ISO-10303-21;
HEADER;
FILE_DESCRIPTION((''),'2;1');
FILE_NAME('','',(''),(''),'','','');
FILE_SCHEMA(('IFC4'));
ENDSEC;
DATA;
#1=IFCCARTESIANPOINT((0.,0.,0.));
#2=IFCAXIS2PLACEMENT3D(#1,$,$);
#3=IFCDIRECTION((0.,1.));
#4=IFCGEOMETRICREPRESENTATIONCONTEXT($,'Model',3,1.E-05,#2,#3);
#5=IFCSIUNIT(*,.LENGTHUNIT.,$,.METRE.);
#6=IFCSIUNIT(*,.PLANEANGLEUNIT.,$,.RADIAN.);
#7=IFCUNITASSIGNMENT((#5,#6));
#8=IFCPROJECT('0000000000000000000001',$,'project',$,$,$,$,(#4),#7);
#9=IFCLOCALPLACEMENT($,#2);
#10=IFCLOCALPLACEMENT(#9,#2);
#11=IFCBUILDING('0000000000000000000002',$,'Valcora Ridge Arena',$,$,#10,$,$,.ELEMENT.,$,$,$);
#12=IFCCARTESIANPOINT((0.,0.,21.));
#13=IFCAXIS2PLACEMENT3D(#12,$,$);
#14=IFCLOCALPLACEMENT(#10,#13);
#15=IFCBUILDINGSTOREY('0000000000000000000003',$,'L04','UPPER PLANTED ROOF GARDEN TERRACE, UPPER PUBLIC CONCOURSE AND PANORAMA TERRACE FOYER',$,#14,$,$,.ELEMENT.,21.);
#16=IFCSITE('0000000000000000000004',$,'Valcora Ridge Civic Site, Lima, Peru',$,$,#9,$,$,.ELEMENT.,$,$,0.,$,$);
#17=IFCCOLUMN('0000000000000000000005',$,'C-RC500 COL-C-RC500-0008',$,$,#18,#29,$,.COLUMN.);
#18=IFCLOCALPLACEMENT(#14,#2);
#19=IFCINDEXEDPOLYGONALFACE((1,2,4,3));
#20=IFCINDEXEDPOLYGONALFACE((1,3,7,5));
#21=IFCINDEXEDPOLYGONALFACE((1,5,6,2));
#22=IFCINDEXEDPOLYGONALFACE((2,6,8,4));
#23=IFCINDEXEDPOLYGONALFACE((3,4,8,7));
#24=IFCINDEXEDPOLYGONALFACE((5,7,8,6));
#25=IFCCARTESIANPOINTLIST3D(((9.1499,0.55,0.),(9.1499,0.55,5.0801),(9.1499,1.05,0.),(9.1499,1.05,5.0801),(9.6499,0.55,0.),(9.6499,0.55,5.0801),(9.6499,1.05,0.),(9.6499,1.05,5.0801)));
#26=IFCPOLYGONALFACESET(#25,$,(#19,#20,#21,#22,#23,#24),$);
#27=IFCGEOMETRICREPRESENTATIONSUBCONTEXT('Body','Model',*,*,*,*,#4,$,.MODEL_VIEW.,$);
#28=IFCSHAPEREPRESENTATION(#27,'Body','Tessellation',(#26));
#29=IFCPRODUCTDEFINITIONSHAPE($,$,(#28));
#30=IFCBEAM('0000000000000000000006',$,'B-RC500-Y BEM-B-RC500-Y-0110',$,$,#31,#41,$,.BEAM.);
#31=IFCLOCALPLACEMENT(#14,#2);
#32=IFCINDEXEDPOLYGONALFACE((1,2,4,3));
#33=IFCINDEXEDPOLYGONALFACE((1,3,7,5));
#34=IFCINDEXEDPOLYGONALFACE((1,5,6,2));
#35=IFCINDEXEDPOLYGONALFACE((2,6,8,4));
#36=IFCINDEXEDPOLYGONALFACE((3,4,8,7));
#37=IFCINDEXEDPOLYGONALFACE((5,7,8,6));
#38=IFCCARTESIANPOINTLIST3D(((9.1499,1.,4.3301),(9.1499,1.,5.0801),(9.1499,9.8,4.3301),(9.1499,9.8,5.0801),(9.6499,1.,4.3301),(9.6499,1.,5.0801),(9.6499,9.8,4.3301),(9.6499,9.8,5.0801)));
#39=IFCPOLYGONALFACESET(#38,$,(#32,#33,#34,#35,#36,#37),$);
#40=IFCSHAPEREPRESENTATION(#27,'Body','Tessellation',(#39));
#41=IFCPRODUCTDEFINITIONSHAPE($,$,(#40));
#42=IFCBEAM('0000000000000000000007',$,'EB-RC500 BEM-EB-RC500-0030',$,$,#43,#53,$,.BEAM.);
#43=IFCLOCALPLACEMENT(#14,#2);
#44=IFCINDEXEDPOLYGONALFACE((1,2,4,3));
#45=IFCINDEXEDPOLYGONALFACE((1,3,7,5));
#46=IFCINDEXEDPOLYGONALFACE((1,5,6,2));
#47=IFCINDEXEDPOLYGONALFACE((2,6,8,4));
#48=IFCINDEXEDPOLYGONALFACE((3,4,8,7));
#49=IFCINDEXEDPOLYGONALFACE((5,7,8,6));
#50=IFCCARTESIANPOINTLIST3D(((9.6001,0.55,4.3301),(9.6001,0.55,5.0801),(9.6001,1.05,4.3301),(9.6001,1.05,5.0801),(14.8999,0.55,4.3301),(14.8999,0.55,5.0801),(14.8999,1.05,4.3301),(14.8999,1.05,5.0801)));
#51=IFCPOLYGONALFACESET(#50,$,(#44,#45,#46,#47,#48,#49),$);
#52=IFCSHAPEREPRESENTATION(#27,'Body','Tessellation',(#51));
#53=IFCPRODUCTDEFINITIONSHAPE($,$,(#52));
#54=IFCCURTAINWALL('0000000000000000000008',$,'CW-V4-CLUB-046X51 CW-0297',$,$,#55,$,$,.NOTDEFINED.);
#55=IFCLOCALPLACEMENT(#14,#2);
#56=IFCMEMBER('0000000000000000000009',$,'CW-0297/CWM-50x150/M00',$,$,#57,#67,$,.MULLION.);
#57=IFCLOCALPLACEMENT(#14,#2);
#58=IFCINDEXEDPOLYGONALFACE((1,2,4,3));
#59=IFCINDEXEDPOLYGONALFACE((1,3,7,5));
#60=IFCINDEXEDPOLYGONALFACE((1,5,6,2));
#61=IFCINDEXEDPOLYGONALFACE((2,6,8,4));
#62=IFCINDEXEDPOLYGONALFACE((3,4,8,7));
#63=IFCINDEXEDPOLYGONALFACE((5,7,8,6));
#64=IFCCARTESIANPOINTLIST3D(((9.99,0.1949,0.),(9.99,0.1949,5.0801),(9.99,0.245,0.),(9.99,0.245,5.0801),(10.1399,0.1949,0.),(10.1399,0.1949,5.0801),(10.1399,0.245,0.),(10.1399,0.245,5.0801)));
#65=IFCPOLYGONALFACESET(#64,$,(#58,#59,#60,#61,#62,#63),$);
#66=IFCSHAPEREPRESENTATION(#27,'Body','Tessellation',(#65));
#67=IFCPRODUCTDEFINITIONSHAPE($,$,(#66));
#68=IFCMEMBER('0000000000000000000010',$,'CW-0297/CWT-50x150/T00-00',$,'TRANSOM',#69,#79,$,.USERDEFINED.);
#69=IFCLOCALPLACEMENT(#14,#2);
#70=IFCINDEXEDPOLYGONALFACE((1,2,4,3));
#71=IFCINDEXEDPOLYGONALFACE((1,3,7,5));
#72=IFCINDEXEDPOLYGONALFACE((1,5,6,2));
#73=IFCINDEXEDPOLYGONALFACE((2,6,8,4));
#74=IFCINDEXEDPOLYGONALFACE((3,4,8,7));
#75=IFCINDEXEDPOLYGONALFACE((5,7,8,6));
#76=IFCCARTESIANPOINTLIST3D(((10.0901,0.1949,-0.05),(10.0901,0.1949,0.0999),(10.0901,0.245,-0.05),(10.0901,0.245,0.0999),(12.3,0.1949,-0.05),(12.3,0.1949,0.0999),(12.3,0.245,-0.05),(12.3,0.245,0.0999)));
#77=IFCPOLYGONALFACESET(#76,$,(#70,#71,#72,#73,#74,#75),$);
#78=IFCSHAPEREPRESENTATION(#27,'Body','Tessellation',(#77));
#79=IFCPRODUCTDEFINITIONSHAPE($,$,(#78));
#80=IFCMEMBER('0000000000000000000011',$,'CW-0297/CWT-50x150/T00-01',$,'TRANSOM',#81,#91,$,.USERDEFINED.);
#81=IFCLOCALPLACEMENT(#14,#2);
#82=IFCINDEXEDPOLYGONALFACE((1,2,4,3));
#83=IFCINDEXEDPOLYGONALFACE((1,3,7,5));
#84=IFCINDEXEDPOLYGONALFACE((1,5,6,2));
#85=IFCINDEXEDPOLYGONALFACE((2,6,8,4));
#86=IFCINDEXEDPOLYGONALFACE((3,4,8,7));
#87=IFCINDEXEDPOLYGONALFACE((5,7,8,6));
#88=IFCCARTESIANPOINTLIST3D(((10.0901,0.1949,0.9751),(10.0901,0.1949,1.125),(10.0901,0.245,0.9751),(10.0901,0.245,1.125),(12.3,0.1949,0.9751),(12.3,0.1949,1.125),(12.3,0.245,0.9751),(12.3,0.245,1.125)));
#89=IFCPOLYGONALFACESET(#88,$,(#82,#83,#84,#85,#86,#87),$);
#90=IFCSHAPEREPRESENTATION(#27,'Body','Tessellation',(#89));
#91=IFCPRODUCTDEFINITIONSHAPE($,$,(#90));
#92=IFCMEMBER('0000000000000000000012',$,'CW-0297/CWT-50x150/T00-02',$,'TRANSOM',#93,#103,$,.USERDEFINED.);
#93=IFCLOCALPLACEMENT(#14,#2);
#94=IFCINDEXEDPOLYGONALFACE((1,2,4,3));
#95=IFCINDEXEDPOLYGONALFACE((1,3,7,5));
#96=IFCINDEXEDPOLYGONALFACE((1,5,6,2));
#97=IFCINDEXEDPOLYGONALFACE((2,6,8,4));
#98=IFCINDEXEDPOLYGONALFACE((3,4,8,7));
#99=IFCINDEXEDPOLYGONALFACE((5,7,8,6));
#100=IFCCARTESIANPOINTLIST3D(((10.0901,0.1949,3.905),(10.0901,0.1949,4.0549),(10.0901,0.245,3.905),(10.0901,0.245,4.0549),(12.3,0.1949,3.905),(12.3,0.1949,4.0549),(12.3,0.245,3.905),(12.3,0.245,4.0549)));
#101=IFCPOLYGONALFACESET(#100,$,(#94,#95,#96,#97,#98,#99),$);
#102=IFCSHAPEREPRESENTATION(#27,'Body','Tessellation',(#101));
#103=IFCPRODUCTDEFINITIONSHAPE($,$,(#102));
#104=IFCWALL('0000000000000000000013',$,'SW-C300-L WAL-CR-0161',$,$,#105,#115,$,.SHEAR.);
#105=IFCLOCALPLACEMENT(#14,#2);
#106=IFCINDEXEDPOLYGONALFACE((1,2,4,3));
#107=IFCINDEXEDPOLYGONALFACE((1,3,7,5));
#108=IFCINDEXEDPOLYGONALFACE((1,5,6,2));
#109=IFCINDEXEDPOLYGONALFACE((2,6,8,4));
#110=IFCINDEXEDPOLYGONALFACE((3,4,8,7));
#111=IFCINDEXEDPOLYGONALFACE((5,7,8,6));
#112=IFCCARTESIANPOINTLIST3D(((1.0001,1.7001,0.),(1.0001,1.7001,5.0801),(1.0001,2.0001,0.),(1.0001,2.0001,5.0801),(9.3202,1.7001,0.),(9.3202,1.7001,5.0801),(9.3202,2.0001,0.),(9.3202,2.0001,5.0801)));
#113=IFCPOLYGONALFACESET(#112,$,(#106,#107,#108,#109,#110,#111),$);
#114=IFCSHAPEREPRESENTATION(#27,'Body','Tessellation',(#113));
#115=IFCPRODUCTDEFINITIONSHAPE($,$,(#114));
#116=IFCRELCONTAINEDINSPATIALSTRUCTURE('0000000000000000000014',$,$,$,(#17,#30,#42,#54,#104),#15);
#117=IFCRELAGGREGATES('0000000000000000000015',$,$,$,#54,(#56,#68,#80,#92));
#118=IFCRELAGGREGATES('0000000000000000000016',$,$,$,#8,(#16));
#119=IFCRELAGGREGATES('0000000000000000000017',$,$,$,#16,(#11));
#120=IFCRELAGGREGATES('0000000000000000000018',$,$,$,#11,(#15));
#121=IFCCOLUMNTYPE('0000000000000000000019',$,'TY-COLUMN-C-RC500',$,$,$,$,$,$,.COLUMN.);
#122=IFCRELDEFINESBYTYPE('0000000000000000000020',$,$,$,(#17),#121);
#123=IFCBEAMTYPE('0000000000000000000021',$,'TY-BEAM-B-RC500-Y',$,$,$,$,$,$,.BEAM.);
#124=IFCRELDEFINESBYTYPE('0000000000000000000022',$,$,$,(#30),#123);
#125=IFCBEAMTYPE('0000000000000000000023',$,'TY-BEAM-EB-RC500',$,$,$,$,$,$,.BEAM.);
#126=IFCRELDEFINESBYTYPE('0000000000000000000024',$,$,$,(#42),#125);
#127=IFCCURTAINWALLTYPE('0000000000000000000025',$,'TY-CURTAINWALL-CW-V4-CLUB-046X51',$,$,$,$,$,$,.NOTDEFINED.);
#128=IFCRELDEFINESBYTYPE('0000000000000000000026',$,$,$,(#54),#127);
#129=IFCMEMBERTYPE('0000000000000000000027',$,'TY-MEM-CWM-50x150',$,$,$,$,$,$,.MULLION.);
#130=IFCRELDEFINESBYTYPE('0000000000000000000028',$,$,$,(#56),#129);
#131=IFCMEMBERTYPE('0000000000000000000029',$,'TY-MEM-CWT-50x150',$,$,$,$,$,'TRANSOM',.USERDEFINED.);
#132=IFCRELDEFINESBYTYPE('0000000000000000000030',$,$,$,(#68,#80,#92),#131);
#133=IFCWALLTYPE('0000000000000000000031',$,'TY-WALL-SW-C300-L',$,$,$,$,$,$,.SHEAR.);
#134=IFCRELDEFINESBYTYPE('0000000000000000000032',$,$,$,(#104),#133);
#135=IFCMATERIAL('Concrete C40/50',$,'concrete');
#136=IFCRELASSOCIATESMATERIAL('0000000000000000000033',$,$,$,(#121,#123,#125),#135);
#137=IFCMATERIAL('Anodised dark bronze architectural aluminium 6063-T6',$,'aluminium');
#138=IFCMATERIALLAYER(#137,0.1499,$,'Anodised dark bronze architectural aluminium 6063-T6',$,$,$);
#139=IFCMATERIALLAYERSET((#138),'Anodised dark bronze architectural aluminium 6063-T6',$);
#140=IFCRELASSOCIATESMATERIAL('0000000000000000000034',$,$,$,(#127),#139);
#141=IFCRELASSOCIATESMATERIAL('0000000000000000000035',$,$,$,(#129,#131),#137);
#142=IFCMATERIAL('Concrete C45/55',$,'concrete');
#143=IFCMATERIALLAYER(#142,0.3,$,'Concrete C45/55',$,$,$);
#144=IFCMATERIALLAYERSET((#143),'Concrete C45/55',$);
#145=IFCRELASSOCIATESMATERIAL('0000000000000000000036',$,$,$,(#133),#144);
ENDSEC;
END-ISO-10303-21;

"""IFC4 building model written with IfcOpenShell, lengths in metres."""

from ifc_helpers import new_model, si_unit, direction, frame, frame_2d, origin, origin_2d, place, context, subcontext, project, spatial, rectangle, extrude, material, layer, layer_set, material_profile, profile_set, type_object, element, aggregate, save


model = new_model("IFC4")

# Units and contexts
model_context = context("Model", 3, precision=1e-05, world=origin(), true_north=direction((0.0, 1.0)))
body_context = subcontext(model_context, "Body", "Model", "MODEL_VIEW")
ifc_project = project(units=[si_unit("LENGTHUNIT", "METRE"), si_unit("PLANEANGLEUNIT", "RADIAN")], contexts=[model_context])

# Site, building, storey
site_placement = place(None, origin())
site = spatial("IfcSite", under=ifc_project, at=site_placement, Name="Valcora Ridge Civic Site, Lima, Peru", CompositionType="ELEMENT", RefElevation=0.0)
building_placement = place(site_placement, origin())
building = spatial("IfcBuilding", under=site, at=building_placement, Name="Valcora Ridge Arena", CompositionType="ELEMENT")
storey_placement = place(building_placement, frame((0.0, 0.0, 21.0)))
storey = spatial("IfcBuildingStorey", under=building, at=storey_placement, Name="L04", Description="UPPER PLANTED ROOF GARDEN TERRACE, UPPER PUBLIC CONCOURSE AND PANORAMA TERRACE FOYER", CompositionType="ELEMENT", Elevation=21.0)

# Column
ifc_material_1 = material(Name="Concrete C40/50", Category="concrete")
ifc_material_profile_1 = material_profile(ifc_material_1, rectangle(XDim=0.5, YDim=0.5, at=origin_2d()), Name="RC 500x500")
ifc_profile_set_1 = profile_set([ifc_material_profile_1], Name="Concrete C40/50")
column_type = type_object("IfcColumnType", Name="TY-COLUMN-C-RC500", PredefinedType="COLUMN", material=ifc_profile_set_1)
column_placement = place(storey_placement, frame((9.3999, 0.8, 0.0), z_axis=(0.0, 0.0, 1.0), x_axis=(1.0, 0.0, 0.0)))
element("IfcColumn", 1, at=column_placement, inside=storey, type_object=column_type, Name="C-RC500 COL-C-RC500-0008", PredefinedType="COLUMN", context=body_context, shape_type="SweptSolid", body=[
    extrude(rectangle(XDim=0.5, YDim=0.5, at=origin_2d()), origin(), (0.0, 0.0, 1.0), 5.0801),
])

# Beams
ifc_material_profile_2 = material_profile(ifc_material_1, rectangle(XDim=0.5, YDim=0.75, at=origin_2d()), Name="RC 500x750")
ifc_profile_set_2 = profile_set([ifc_material_profile_2], Name="Concrete C40/50")
beam_type_1 = type_object("IfcBeamType", Name="TY-BEAM-B-RC500-Y", PredefinedType="BEAM", material=ifc_profile_set_2)
beam_1_placement = place(storey_placement, frame((9.3999, 1.0, 4.7051), z_axis=(0.0, 1.0, 0.0), x_axis=(-1.0, 0.0, 0.0)))
element("IfcBeam", 2, at=beam_1_placement, inside=storey, type_object=beam_type_1, Name="B-RC500-Y BEM-B-RC500-Y-0110", PredefinedType="BEAM", context=body_context, shape_type="SweptSolid", body=[
    extrude(rectangle(XDim=0.5, YDim=0.75, at=origin_2d()), origin(), (0.0, 0.0, 1.0), 8.8),
])
ifc_material_profile_3 = material_profile(ifc_material_1, rectangle(XDim=0.5, YDim=0.75, at=origin_2d()), Name="RC 500x750")
ifc_profile_set_3 = profile_set([ifc_material_profile_3], Name="Concrete C40/50")
beam_type_2 = type_object("IfcBeamType", Name="TY-BEAM-EB-RC500", PredefinedType="BEAM", material=ifc_profile_set_3)
beam_2_placement = place(storey_placement, frame((9.6001, 0.8, 4.7051), z_axis=(1.0, 0.0, 0.0), x_axis=(0.0, 1.0, 0.0)))
element("IfcBeam", 3, at=beam_2_placement, inside=storey, type_object=beam_type_2, Name="EB-RC500 BEM-EB-RC500-0030", PredefinedType="BEAM", context=body_context, shape_type="SweptSolid", body=[
    extrude(rectangle(XDim=0.5, YDim=0.75, at=origin_2d()), origin(), (0.0, 0.0, 1.0), 5.2998),
])

# Curtain wall, members
ifc_material_2 = material(Name="Anodised dark bronze architectural aluminium 6063-T6", Category="aluminium")
ifc_layer_1 = layer(ifc_material_2, 0.1499, Name="Anodised dark bronze architectural aluminium 6063-T6")
ifc_layer_set_1 = layer_set([ifc_layer_1], Name="Anodised dark bronze architectural aluminium 6063-T6")
curtain_wall_type = type_object("IfcCurtainWallType", Name="TY-CURTAINWALL-CW-V4-CLUB-046X51", PredefinedType="NOTDEFINED", material=ifc_layer_set_1)
curtain_wall_placement = place(storey_placement, origin())
curtain_wall = element("IfcCurtainWall", 4, at=curtain_wall_placement, inside=storey, type_object=curtain_wall_type, Name="CW-V4-CLUB-046X51 CW-0297", PredefinedType="NOTDEFINED")
ifc_material_profile_4 = material_profile(ifc_material_2, rectangle(XDim=0.05, YDim=0.1499, at=origin_2d()), Name="ALU MULLION 50x150")
ifc_profile_set_4 = profile_set([ifc_material_profile_4], Name="Anodised dark bronze architectural aluminium 6063-T6")
member_type_1 = type_object("IfcMemberType", Name="TY-MEM-CWM-50x150", PredefinedType="MULLION", material=ifc_profile_set_4)
member_1_placement = place(storey_placement, frame((10.0649, 0.22, 0.0), z_axis=(0.0, 0.0, 1.0), x_axis=(0.0, 1.0, 0.0)))
member_1 = element("IfcMember", 5, at=member_1_placement, type_object=member_type_1, Name="CW-0297/CWM-50x150/M00", PredefinedType="MULLION", context=body_context, shape_type="SweptSolid", body=[
    extrude(rectangle(XDim=0.05, YDim=0.1499, at=origin_2d()), origin(), (0.0, 0.0, 1.0), 5.0801),
])
ifc_material_profile_5 = material_profile(ifc_material_2, rectangle(XDim=0.05, YDim=0.1499, at=origin_2d()), Name="ALU TRANSOM 50x150")
ifc_profile_set_5 = profile_set([ifc_material_profile_5], Name="Anodised dark bronze architectural aluminium 6063-T6")
member_type_2 = type_object("IfcMemberType", Name="TY-MEM-CWT-50x150", ElementType="TRANSOM", PredefinedType="USERDEFINED", material=ifc_profile_set_5)
member_2_placement = place(storey_placement, frame((10.0901, 0.22, 0.0249), z_axis=(1.0, 0.0, 0.0), x_axis=(0.0, 1.0, 0.0)))
member_2 = element("IfcMember", 6, at=member_2_placement, type_object=member_type_2, Name="CW-0297/CWT-50x150/T00-00", ObjectType="TRANSOM", PredefinedType="USERDEFINED", context=body_context, shape_type="SweptSolid", body=[
    extrude(rectangle(XDim=0.05, YDim=0.1499, at=origin_2d()), origin(), (0.0, 0.0, 1.0), 2.21),
])
member_3_placement = place(storey_placement, frame((10.0901, 0.22, 1.05), z_axis=(1.0, 0.0, 0.0), x_axis=(0.0, 1.0, 0.0)))
member_3 = element("IfcMember", 7, at=member_3_placement, type_object=member_type_2, Name="CW-0297/CWT-50x150/T00-01", ObjectType="TRANSOM", PredefinedType="USERDEFINED", context=body_context, shape_type="SweptSolid", body=[
    extrude(rectangle(XDim=0.05, YDim=0.1499, at=origin_2d()), origin(), (0.0, 0.0, 1.0), 2.21),
])
member_4_placement = place(storey_placement, frame((10.0901, 0.22, 3.98), z_axis=(1.0, 0.0, 0.0), x_axis=(0.0, 1.0, 0.0)))
member_4 = element("IfcMember", 8, at=member_4_placement, type_object=member_type_2, Name="CW-0297/CWT-50x150/T00-02", ObjectType="TRANSOM", PredefinedType="USERDEFINED", context=body_context, shape_type="SweptSolid", body=[
    extrude(rectangle(XDim=0.05, YDim=0.1499, at=origin_2d()), origin(), (0.0, 0.0, 1.0), 2.21),
])
aggregate(curtain_wall, [member_1, member_2, member_3, member_4])

# Wall
ifc_material_3 = material(Name="Concrete C45/55", Category="concrete")
ifc_layer_2 = layer(ifc_material_3, 0.3, Name="Concrete C45/55")
ifc_layer_set_2 = layer_set([ifc_layer_2], Name="Concrete C45/55")
wall_type = type_object("IfcWallType", Name="TY-WALL-SW-C300-L", PredefinedType="SHEAR", material=ifc_layer_set_2)
wall_placement = place(storey_placement, frame((1.0, 1.8501, 0.0), z_axis=(0.0, 0.0, 1.0), x_axis=(1.0, 0.0, 0.0)))
element("IfcWall", 9, at=wall_placement, inside=storey, type_object=wall_type, Name="SW-C300-L WAL-CR-0161", PredefinedType="SHEAR", context=body_context, shape_type="SweptSolid", body=[
    extrude(rectangle(XDim=8.3201, YDim=0.3, at=frame_2d((4.1602, 0.0))), origin(), (0.0, 0.0, 1.0), 5.0801),
])

save(model, "model.ifc")
